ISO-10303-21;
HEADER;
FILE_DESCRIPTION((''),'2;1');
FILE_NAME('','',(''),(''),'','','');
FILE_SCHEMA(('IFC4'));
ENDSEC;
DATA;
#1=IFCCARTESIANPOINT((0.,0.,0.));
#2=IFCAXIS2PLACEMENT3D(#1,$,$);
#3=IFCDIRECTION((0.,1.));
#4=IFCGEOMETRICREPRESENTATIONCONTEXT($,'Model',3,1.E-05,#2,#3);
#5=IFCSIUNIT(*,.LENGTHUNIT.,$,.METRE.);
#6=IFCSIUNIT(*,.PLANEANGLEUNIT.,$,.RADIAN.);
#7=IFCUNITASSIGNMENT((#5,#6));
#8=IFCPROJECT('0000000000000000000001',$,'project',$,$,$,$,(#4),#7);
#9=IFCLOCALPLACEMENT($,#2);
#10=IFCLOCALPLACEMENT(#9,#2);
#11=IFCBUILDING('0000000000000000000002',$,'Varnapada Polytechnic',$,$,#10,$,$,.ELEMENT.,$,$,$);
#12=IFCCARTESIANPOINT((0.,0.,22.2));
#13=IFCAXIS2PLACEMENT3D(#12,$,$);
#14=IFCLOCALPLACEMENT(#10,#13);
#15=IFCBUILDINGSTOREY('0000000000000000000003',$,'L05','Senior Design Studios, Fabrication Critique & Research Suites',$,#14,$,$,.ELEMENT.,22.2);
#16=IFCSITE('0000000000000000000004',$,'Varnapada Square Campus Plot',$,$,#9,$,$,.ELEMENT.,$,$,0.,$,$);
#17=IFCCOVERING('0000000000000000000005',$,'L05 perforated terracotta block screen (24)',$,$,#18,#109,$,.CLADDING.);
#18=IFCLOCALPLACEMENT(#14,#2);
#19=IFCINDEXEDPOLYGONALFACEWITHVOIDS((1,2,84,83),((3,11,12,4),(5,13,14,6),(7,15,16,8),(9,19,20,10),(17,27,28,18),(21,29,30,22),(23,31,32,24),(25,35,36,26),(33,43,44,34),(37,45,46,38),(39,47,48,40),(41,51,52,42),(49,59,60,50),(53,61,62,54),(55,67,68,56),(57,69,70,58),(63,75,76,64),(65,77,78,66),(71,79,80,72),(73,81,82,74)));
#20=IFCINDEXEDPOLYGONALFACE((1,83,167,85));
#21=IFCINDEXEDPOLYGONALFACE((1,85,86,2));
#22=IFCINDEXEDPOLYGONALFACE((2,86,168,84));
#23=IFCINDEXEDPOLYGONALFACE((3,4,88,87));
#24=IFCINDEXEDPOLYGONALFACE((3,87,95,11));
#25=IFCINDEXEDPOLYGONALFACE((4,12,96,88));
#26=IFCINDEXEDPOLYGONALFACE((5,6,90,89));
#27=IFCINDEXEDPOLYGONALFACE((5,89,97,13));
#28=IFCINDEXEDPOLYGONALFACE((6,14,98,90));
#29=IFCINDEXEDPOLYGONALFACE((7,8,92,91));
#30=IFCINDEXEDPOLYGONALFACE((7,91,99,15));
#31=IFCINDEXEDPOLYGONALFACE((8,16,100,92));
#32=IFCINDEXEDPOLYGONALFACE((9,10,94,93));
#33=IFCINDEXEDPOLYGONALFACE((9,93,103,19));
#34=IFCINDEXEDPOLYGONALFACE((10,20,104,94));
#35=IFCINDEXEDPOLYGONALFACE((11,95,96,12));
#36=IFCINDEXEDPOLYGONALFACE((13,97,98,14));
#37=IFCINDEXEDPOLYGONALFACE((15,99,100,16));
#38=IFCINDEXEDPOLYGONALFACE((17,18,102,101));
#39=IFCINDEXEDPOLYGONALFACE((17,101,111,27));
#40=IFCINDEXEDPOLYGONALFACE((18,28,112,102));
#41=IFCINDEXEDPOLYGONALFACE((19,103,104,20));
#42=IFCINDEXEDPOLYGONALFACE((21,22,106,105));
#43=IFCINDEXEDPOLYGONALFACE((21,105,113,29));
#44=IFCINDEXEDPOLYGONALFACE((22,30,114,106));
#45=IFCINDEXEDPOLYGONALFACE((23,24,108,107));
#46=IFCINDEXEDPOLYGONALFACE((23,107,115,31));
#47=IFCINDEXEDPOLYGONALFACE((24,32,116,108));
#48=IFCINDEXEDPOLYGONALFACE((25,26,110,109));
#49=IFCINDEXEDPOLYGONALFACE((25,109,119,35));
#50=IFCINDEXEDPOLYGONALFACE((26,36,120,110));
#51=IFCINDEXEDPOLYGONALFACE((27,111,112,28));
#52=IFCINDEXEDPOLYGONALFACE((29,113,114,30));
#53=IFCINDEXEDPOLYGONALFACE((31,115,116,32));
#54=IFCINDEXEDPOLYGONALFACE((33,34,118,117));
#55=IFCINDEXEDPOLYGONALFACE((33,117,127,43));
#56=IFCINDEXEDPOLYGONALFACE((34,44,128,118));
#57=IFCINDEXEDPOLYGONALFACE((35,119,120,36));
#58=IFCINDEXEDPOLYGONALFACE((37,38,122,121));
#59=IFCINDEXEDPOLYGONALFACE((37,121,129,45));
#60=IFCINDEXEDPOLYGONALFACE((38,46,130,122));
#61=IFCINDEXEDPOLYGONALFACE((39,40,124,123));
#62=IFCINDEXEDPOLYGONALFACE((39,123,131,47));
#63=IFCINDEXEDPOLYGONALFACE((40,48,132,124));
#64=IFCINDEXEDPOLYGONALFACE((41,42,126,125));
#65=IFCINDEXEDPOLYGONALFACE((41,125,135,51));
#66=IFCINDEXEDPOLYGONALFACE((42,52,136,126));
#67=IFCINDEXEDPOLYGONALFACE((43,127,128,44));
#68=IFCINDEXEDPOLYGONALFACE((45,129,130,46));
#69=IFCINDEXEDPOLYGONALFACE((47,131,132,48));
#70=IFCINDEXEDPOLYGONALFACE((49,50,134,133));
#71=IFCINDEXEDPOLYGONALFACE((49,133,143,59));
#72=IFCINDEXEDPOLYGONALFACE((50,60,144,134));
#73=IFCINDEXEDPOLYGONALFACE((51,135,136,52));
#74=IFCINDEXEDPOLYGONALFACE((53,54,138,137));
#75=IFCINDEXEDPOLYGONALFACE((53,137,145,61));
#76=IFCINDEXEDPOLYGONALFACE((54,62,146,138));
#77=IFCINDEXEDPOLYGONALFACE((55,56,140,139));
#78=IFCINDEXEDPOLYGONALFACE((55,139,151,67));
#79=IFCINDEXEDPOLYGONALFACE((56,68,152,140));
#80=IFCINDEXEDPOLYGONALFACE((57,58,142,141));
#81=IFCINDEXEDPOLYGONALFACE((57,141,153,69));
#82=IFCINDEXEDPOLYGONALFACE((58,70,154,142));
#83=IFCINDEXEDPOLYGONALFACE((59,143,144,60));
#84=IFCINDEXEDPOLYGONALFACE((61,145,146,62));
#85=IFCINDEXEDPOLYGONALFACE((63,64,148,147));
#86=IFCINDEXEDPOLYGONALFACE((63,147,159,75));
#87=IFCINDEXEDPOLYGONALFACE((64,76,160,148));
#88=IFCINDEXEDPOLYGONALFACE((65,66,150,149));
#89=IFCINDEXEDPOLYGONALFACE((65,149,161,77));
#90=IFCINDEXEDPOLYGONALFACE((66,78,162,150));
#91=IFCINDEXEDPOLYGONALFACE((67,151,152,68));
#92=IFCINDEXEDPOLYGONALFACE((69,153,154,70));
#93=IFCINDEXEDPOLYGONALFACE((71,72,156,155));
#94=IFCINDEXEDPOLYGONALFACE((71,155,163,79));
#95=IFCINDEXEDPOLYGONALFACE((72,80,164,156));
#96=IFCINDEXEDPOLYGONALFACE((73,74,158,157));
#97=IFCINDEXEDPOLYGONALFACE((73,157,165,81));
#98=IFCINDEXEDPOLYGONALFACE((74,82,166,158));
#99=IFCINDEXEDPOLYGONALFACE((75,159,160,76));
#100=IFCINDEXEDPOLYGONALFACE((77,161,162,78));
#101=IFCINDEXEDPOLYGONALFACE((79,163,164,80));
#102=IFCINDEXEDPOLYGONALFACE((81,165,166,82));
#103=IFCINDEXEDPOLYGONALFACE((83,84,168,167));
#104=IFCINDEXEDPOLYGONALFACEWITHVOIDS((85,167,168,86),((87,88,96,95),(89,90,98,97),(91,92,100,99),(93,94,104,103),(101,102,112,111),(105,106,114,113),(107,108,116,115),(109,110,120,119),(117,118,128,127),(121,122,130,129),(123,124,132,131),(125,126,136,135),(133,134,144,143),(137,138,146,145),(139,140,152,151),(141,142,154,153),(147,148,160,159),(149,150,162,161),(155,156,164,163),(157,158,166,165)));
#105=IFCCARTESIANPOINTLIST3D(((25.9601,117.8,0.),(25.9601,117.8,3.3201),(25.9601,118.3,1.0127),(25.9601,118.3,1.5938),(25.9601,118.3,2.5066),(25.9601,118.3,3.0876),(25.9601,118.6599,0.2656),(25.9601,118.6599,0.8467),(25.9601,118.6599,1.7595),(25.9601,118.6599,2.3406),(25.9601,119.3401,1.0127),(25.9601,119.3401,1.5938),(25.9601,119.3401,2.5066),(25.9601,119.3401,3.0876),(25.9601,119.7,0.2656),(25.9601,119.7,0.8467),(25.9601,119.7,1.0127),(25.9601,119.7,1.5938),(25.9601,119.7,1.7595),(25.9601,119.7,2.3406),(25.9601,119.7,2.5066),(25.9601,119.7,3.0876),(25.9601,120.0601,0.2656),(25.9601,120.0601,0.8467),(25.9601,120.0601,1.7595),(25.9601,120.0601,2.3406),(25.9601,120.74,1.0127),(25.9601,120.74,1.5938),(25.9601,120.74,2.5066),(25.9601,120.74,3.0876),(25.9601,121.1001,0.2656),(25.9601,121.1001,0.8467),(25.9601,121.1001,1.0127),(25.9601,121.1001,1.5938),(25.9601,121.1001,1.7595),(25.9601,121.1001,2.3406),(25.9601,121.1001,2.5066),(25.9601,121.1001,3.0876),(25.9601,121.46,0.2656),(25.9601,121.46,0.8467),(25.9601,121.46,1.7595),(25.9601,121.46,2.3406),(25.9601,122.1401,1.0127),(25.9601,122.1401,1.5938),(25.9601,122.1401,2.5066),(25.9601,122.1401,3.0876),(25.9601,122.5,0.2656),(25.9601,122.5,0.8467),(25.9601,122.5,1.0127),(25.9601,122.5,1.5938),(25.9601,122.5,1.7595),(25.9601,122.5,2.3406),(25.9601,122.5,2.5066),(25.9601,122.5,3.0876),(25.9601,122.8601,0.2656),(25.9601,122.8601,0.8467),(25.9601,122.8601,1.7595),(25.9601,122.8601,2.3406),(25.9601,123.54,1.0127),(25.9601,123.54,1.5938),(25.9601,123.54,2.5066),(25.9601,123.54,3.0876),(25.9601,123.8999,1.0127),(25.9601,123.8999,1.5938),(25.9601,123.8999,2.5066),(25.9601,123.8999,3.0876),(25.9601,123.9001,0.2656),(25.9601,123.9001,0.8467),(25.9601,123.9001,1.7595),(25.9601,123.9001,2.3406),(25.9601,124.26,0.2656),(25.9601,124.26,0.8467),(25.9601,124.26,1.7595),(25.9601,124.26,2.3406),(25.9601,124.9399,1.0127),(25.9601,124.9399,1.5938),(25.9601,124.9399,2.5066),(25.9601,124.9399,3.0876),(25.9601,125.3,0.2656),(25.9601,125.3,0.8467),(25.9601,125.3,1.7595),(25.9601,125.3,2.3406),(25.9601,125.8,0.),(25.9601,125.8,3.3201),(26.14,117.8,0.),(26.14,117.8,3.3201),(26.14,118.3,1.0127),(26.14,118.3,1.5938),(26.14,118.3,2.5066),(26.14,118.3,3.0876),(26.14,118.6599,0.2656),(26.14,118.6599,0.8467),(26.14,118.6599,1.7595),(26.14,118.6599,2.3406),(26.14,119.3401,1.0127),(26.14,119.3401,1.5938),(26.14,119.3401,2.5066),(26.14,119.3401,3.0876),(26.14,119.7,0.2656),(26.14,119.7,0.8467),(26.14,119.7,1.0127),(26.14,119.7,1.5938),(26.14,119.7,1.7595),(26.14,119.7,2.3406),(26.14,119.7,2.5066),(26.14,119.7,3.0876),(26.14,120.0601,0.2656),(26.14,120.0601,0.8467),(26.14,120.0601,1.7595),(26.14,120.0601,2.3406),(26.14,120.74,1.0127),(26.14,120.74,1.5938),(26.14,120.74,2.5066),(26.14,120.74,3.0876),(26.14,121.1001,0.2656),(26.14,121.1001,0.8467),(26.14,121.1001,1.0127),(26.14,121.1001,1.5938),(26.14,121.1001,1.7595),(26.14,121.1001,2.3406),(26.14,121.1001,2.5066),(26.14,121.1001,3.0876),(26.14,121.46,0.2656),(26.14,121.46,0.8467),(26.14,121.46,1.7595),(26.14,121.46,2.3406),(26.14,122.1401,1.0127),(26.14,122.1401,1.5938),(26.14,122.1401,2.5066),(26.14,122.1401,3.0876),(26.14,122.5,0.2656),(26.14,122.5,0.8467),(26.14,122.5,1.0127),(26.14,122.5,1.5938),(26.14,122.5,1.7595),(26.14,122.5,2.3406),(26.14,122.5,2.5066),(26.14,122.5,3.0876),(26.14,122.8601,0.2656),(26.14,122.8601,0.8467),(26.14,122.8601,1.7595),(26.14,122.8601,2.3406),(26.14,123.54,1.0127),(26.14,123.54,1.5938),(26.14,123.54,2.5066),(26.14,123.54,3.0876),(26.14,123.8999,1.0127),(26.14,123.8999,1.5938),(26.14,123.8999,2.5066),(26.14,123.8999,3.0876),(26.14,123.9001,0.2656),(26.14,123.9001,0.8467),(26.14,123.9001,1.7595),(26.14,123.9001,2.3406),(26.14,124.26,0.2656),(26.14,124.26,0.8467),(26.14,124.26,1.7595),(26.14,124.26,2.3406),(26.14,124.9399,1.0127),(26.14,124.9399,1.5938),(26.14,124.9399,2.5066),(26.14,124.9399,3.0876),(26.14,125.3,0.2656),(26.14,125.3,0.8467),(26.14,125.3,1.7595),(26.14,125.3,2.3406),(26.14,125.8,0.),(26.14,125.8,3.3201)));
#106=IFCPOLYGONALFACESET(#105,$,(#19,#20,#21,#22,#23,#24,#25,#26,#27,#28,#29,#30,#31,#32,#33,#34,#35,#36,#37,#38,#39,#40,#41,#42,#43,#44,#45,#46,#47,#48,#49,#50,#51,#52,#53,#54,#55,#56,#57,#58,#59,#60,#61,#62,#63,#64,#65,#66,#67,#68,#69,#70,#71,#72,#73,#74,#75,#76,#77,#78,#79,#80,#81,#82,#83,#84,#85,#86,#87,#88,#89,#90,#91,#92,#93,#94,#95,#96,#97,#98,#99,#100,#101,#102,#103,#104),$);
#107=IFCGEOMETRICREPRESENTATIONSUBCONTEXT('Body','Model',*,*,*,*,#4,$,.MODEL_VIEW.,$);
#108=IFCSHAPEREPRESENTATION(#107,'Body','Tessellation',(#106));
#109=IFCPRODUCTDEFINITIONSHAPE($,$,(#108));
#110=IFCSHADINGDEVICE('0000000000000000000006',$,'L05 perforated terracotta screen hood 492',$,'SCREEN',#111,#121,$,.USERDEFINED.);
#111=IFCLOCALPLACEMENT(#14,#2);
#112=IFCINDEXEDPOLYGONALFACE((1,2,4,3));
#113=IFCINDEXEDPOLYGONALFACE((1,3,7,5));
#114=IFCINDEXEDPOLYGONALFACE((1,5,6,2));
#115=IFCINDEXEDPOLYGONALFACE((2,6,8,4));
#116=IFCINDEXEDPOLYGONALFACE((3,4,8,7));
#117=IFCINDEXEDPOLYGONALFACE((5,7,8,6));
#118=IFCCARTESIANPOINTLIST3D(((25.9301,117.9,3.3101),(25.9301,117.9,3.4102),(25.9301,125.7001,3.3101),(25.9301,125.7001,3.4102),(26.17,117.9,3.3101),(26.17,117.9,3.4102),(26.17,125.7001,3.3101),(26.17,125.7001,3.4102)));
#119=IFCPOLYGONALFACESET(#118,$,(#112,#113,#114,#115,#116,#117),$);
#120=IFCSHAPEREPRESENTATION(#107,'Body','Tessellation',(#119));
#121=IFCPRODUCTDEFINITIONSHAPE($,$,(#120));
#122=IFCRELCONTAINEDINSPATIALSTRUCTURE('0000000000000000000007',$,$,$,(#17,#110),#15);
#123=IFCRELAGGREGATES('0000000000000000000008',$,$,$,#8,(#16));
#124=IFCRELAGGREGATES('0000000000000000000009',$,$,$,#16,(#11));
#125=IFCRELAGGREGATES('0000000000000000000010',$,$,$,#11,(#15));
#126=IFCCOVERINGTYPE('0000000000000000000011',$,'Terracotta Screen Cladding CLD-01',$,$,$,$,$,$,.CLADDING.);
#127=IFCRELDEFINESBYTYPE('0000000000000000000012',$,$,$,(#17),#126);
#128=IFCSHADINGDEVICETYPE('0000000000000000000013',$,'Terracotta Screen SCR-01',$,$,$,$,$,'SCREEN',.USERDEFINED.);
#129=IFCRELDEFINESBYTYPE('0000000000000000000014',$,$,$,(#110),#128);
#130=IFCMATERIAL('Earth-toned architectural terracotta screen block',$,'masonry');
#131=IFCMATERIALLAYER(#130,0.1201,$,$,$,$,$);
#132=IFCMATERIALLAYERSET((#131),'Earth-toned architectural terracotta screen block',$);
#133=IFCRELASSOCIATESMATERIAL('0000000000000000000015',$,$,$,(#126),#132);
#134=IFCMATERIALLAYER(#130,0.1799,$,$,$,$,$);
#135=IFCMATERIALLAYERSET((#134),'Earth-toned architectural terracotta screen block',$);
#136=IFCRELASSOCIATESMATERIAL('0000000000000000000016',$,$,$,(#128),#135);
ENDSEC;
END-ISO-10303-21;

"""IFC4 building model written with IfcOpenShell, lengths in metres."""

from ifc_helpers import new_model, si_unit, direction, frame, frame_2d, origin, origin_2d, place, context, subcontext, project, spatial, rectangle, extrude, material, layer, layer_set, type_object, element, save


model = new_model("IFC4")

# Units and contexts
model_context = context("Model", 3, precision=1e-05, world=origin(), true_north=direction((0.0, 1.0)))
body_context = subcontext(model_context, "Body", "Model", "MODEL_VIEW")
ifc_project = project(units=[si_unit("LENGTHUNIT", "METRE"), si_unit("PLANEANGLEUNIT", "RADIAN")], contexts=[model_context])

# Site, building, storey
site_placement = place(None, origin())
site = spatial("IfcSite", under=ifc_project, at=site_placement, Name="Varnapada Square Campus Plot", CompositionType="ELEMENT", RefElevation=0.0)
building_placement = place(site_placement, origin())
building = spatial("IfcBuilding", under=site, at=building_placement, Name="Varnapada Polytechnic", CompositionType="ELEMENT")
storey_placement = place(building_placement, frame((0.0, 0.0, 22.2)))
storey = spatial("IfcBuildingStorey", under=building, at=storey_placement, Name="L05", Description="Senior Design Studios, Fabrication Critique & Research Suites", CompositionType="ELEMENT", Elevation=22.2)

# Covering, openings
ifc_material_1 = material(Name="Earth-toned architectural terracotta screen block", Category="masonry")
ifc_layer_1 = layer(ifc_material_1, 0.1201)
ifc_layer_set_1 = layer_set([ifc_layer_1], Name="Earth-toned architectural terracotta screen block")
covering_type = type_object("IfcCoveringType", Name="Terracotta Screen Cladding CLD-01", PredefinedType="CLADDING", material=ifc_layer_set_1)
covering_placement = place(storey_placement, frame((26.05, 125.8, 0.0), z_axis=(0.0, 0.0, 1.0), x_axis=(0.0, -1.0, 0.0)))
covering = element("IfcCovering", 1, at=covering_placement, inside=storey, type_object=covering_type, Name="L05 perforated terracotta block screen (24)", PredefinedType="CLADDING", context=body_context, shape_type="SweptSolid", body=[
    extrude(rectangle(XDim=8.0, YDim=0.1799, at=frame_2d((4.0, 0.0))), origin(), (0.0, 0.0, 1.0), 3.3201),
])
opening_1_placement = place(covering_placement, frame((0.5, 0.0, 0.2656)))
element("IfcOpeningElement", 2, at=opening_1_placement, cuts=covering, PredefinedType="OPENING", context=body_context, shape_type="SweptSolid", body=[
    extrude(rectangle(XDim=1.04, YDim=0.5811, at=frame_2d((0.52, 0.2905))), frame((0.0, 0.0999, 0.0), z_axis=(0.0, -1.0, 0.0), x_axis=(1.0, 0.0, 0.0)), (0.0, 0.0, 1.0), 0.2),
])
opening_2_placement = place(covering_placement, frame((1.8999, 0.0, 0.2656)))
element("IfcOpeningElement", 3, at=opening_2_placement, cuts=covering, PredefinedType="OPENING", context=body_context, shape_type="SweptSolid", body=[
    extrude(rectangle(XDim=1.04, YDim=0.5811, at=frame_2d((0.52, 0.2905))), frame((0.0, 0.0999, 0.0), z_axis=(0.0, -1.0, 0.0), x_axis=(1.0, 0.0, 0.0)), (0.0, 0.0, 1.0), 0.2),
])
opening_3_placement = place(covering_placement, frame((3.3, 0.0, 0.2656)))
element("IfcOpeningElement", 4, at=opening_3_placement, cuts=covering, PredefinedType="OPENING", context=body_context, shape_type="SweptSolid", body=[
    extrude(rectangle(XDim=1.04, YDim=0.5811, at=frame_2d((0.52, 0.2905))), frame((0.0, 0.0999, 0.0), z_axis=(0.0, -1.0, 0.0), x_axis=(1.0, 0.0, 0.0)), (0.0, 0.0, 1.0), 0.2),
])
opening_4_placement = place(covering_placement, frame((4.7, 0.0, 0.2656)))
element("IfcOpeningElement", 5, at=opening_4_placement, cuts=covering, PredefinedType="OPENING", context=body_context, shape_type="SweptSolid", body=[
    extrude(rectangle(XDim=1.04, YDim=0.5811, at=frame_2d((0.52, 0.2905))), frame((0.0, 0.0999, 0.0), z_axis=(0.0, -1.0, 0.0), x_axis=(1.0, 0.0, 0.0)), (0.0, 0.0, 1.0), 0.2),
])
opening_5_placement = place(covering_placement, frame((6.1001, 0.0, 0.2656)))
element("IfcOpeningElement", 6, at=opening_5_placement, cuts=covering, PredefinedType="OPENING", context=body_context, shape_type="SweptSolid", body=[
    extrude(rectangle(XDim=1.04, YDim=0.5811, at=frame_2d((0.52, 0.2905))), frame((0.0, 0.0999, 0.0), z_axis=(0.0, -1.0, 0.0), x_axis=(1.0, 0.0, 0.0)), (0.0, 0.0, 1.0), 0.2),
])
opening_6_placement = place(covering_placement, frame((0.8601, 0.0, 1.0127)))
element("IfcOpeningElement", 7, at=opening_6_placement, cuts=covering, PredefinedType="OPENING", context=body_context, shape_type="SweptSolid", body=[
    extrude(rectangle(XDim=1.04, YDim=0.5811, at=frame_2d((0.52, 0.2905))), frame((0.0, 0.0999, 0.0), z_axis=(0.0, -1.0, 0.0), x_axis=(1.0, 0.0, 0.0)), (0.0, 0.0, 1.0), 0.2),
])
opening_7_placement = place(covering_placement, frame((2.26, 0.0, 1.0127)))
element("IfcOpeningElement", 8, at=opening_7_placement, cuts=covering, PredefinedType="OPENING", context=body_context, shape_type="SweptSolid", body=[
    extrude(rectangle(XDim=1.04, YDim=0.5811, at=frame_2d((0.52, 0.2905))), frame((0.0, 0.0999, 0.0), z_axis=(0.0, -1.0, 0.0), x_axis=(1.0, 0.0, 0.0)), (0.0, 0.0, 1.0), 0.2),
])
opening_8_placement = place(covering_placement, frame((3.6599, 0.0, 1.0127)))
element("IfcOpeningElement", 9, at=opening_8_placement, cuts=covering, PredefinedType="OPENING", context=body_context, shape_type="SweptSolid", body=[
    extrude(rectangle(XDim=1.04, YDim=0.5811, at=frame_2d((0.52, 0.2905))), frame((0.0, 0.0999, 0.0), z_axis=(0.0, -1.0, 0.0), x_axis=(1.0, 0.0, 0.0)), (0.0, 0.0, 1.0), 0.2),
])
opening_9_placement = place(covering_placement, frame((5.0601, 0.0, 1.0127)))
element("IfcOpeningElement", 10, at=opening_9_placement, cuts=covering, PredefinedType="OPENING", context=body_context, shape_type="SweptSolid", body=[
    extrude(rectangle(XDim=1.04, YDim=0.5811, at=frame_2d((0.52, 0.2905))), frame((0.0, 0.0999, 0.0), z_axis=(0.0, -1.0, 0.0), x_axis=(1.0, 0.0, 0.0)), (0.0, 0.0, 1.0), 0.2),
])
opening_10_placement = place(covering_placement, frame((6.46, 0.0, 1.0127)))
element("IfcOpeningElement", 11, at=opening_10_placement, cuts=covering, PredefinedType="OPENING", context=body_context, shape_type="SweptSolid", body=[
    extrude(rectangle(XDim=1.04, YDim=0.5811, at=frame_2d((0.52, 0.2905))), frame((0.0, 0.0999, 0.0), z_axis=(0.0, -1.0, 0.0), x_axis=(1.0, 0.0, 0.0)), (0.0, 0.0, 1.0), 0.2),
])
opening_11_placement = place(covering_placement, frame((0.5, 0.0, 1.7595)))
element("IfcOpeningElement", 12, at=opening_11_placement, cuts=covering, PredefinedType="OPENING", context=body_context, shape_type="SweptSolid", body=[
    extrude(rectangle(XDim=1.04, YDim=0.5811, at=frame_2d((0.52, 0.2905))), frame((0.0, 0.0999, 0.0), z_axis=(0.0, -1.0, 0.0), x_axis=(1.0, 0.0, 0.0)), (0.0, 0.0, 1.0), 0.2),
])
opening_12_placement = place(covering_placement, frame((1.8999, 0.0, 1.7595)))
element("IfcOpeningElement", 13, at=opening_12_placement, cuts=covering, PredefinedType="OPENING", context=body_context, shape_type="SweptSolid", body=[
    extrude(rectangle(XDim=1.04, YDim=0.5811, at=frame_2d((0.52, 0.2905))), frame((0.0, 0.0999, 0.0), z_axis=(0.0, -1.0, 0.0), x_axis=(1.0, 0.0, 0.0)), (0.0, 0.0, 1.0), 0.2),
])
opening_13_placement = place(covering_placement, frame((3.3, 0.0, 1.7595)))
element("IfcOpeningElement", 14, at=opening_13_placement, cuts=covering, PredefinedType="OPENING", context=body_context, shape_type="SweptSolid", body=[
    extrude(rectangle(XDim=1.04, YDim=0.5811, at=frame_2d((0.52, 0.2905))), frame((0.0, 0.0999, 0.0), z_axis=(0.0, -1.0, 0.0), x_axis=(1.0, 0.0, 0.0)), (0.0, 0.0, 1.0), 0.2),
])
opening_14_placement = place(covering_placement, frame((4.7, 0.0, 1.7595)))
element("IfcOpeningElement", 15, at=opening_14_placement, cuts=covering, PredefinedType="OPENING", context=body_context, shape_type="SweptSolid", body=[
    extrude(rectangle(XDim=1.04, YDim=0.5811, at=frame_2d((0.52, 0.2905))), frame((0.0, 0.0999, 0.0), z_axis=(0.0, -1.0, 0.0), x_axis=(1.0, 0.0, 0.0)), (0.0, 0.0, 1.0), 0.2),
])
opening_15_placement = place(covering_placement, frame((6.1001, 0.0, 1.7595)))
element("IfcOpeningElement", 16, at=opening_15_placement, cuts=covering, PredefinedType="OPENING", context=body_context, shape_type="SweptSolid", body=[
    extrude(rectangle(XDim=1.04, YDim=0.5811, at=frame_2d((0.52, 0.2905))), frame((0.0, 0.0999, 0.0), z_axis=(0.0, -1.0, 0.0), x_axis=(1.0, 0.0, 0.0)), (0.0, 0.0, 1.0), 0.2),
])
opening_16_placement = place(covering_placement, frame((0.8601, 0.0, 2.5066)))
element("IfcOpeningElement", 17, at=opening_16_placement, cuts=covering, PredefinedType="OPENING", context=body_context, shape_type="SweptSolid", body=[
    extrude(rectangle(XDim=1.04, YDim=0.5811, at=frame_2d((0.52, 0.2905))), frame((0.0, 0.0999, 0.0), z_axis=(0.0, -1.0, 0.0), x_axis=(1.0, 0.0, 0.0)), (0.0, 0.0, 1.0), 0.2),
])
opening_17_placement = place(covering_placement, frame((2.26, 0.0, 2.5066)))
element("IfcOpeningElement", 18, at=opening_17_placement, cuts=covering, PredefinedType="OPENING", context=body_context, shape_type="SweptSolid", body=[
    extrude(rectangle(XDim=1.04, YDim=0.5811, at=frame_2d((0.52, 0.2905))), frame((0.0, 0.0999, 0.0), z_axis=(0.0, -1.0, 0.0), x_axis=(1.0, 0.0, 0.0)), (0.0, 0.0, 1.0), 0.2),
])
opening_18_placement = place(covering_placement, frame((3.6599, 0.0, 2.5066)))
element("IfcOpeningElement", 19, at=opening_18_placement, cuts=covering, PredefinedType="OPENING", context=body_context, shape_type="SweptSolid", body=[
    extrude(rectangle(XDim=1.04, YDim=0.5811, at=frame_2d((0.52, 0.2905))), frame((0.0, 0.0999, 0.0), z_axis=(0.0, -1.0, 0.0), x_axis=(1.0, 0.0, 0.0)), (0.0, 0.0, 1.0), 0.2),
])
opening_19_placement = place(covering_placement, frame((5.0601, 0.0, 2.5066)))
element("IfcOpeningElement", 20, at=opening_19_placement, cuts=covering, PredefinedType="OPENING", context=body_context, shape_type="SweptSolid", body=[
    extrude(rectangle(XDim=1.04, YDim=0.5811, at=frame_2d((0.52, 0.2905))), frame((0.0, 0.0999, 0.0), z_axis=(0.0, -1.0, 0.0), x_axis=(1.0, 0.0, 0.0)), (0.0, 0.0, 1.0), 0.2),
])
opening_20_placement = place(covering_placement, frame((6.46, 0.0, 2.5066)))
element("IfcOpeningElement", 21, at=opening_20_placement, cuts=covering, PredefinedType="OPENING", context=body_context, shape_type="SweptSolid", body=[
    extrude(rectangle(XDim=1.04, YDim=0.5811, at=frame_2d((0.52, 0.2905))), frame((0.0, 0.0999, 0.0), z_axis=(0.0, -1.0, 0.0), x_axis=(1.0, 0.0, 0.0)), (0.0, 0.0, 1.0), 0.2),
])

# Shading device
ifc_layer_2 = layer(ifc_material_1, 0.1799)
ifc_layer_set_2 = layer_set([ifc_layer_2], Name="Earth-toned architectural terracotta screen block")
shading_device_type = type_object("IfcShadingDeviceType", Name="Terracotta Screen SCR-01", ElementType="SCREEN", PredefinedType="USERDEFINED", material=ifc_layer_set_2)
shading_device_placement = place(storey_placement, frame((26.05, 121.8, 3.3101), z_axis=(0.0, 0.0, 1.0), x_axis=(0.0, -1.0, 0.0)))
element("IfcShadingDevice", 22, at=shading_device_placement, inside=storey, type_object=shading_device_type, Name="L05 perforated terracotta screen hood 492", ObjectType="SCREEN", PredefinedType="USERDEFINED", context=body_context, shape_type="SweptSolid", body=[
    extrude(rectangle(XDim=7.8, YDim=0.24, at=origin_2d()), origin(), (0.0, 0.0, 1.0), 0.1001),
])

save(model, "model.ifc")
